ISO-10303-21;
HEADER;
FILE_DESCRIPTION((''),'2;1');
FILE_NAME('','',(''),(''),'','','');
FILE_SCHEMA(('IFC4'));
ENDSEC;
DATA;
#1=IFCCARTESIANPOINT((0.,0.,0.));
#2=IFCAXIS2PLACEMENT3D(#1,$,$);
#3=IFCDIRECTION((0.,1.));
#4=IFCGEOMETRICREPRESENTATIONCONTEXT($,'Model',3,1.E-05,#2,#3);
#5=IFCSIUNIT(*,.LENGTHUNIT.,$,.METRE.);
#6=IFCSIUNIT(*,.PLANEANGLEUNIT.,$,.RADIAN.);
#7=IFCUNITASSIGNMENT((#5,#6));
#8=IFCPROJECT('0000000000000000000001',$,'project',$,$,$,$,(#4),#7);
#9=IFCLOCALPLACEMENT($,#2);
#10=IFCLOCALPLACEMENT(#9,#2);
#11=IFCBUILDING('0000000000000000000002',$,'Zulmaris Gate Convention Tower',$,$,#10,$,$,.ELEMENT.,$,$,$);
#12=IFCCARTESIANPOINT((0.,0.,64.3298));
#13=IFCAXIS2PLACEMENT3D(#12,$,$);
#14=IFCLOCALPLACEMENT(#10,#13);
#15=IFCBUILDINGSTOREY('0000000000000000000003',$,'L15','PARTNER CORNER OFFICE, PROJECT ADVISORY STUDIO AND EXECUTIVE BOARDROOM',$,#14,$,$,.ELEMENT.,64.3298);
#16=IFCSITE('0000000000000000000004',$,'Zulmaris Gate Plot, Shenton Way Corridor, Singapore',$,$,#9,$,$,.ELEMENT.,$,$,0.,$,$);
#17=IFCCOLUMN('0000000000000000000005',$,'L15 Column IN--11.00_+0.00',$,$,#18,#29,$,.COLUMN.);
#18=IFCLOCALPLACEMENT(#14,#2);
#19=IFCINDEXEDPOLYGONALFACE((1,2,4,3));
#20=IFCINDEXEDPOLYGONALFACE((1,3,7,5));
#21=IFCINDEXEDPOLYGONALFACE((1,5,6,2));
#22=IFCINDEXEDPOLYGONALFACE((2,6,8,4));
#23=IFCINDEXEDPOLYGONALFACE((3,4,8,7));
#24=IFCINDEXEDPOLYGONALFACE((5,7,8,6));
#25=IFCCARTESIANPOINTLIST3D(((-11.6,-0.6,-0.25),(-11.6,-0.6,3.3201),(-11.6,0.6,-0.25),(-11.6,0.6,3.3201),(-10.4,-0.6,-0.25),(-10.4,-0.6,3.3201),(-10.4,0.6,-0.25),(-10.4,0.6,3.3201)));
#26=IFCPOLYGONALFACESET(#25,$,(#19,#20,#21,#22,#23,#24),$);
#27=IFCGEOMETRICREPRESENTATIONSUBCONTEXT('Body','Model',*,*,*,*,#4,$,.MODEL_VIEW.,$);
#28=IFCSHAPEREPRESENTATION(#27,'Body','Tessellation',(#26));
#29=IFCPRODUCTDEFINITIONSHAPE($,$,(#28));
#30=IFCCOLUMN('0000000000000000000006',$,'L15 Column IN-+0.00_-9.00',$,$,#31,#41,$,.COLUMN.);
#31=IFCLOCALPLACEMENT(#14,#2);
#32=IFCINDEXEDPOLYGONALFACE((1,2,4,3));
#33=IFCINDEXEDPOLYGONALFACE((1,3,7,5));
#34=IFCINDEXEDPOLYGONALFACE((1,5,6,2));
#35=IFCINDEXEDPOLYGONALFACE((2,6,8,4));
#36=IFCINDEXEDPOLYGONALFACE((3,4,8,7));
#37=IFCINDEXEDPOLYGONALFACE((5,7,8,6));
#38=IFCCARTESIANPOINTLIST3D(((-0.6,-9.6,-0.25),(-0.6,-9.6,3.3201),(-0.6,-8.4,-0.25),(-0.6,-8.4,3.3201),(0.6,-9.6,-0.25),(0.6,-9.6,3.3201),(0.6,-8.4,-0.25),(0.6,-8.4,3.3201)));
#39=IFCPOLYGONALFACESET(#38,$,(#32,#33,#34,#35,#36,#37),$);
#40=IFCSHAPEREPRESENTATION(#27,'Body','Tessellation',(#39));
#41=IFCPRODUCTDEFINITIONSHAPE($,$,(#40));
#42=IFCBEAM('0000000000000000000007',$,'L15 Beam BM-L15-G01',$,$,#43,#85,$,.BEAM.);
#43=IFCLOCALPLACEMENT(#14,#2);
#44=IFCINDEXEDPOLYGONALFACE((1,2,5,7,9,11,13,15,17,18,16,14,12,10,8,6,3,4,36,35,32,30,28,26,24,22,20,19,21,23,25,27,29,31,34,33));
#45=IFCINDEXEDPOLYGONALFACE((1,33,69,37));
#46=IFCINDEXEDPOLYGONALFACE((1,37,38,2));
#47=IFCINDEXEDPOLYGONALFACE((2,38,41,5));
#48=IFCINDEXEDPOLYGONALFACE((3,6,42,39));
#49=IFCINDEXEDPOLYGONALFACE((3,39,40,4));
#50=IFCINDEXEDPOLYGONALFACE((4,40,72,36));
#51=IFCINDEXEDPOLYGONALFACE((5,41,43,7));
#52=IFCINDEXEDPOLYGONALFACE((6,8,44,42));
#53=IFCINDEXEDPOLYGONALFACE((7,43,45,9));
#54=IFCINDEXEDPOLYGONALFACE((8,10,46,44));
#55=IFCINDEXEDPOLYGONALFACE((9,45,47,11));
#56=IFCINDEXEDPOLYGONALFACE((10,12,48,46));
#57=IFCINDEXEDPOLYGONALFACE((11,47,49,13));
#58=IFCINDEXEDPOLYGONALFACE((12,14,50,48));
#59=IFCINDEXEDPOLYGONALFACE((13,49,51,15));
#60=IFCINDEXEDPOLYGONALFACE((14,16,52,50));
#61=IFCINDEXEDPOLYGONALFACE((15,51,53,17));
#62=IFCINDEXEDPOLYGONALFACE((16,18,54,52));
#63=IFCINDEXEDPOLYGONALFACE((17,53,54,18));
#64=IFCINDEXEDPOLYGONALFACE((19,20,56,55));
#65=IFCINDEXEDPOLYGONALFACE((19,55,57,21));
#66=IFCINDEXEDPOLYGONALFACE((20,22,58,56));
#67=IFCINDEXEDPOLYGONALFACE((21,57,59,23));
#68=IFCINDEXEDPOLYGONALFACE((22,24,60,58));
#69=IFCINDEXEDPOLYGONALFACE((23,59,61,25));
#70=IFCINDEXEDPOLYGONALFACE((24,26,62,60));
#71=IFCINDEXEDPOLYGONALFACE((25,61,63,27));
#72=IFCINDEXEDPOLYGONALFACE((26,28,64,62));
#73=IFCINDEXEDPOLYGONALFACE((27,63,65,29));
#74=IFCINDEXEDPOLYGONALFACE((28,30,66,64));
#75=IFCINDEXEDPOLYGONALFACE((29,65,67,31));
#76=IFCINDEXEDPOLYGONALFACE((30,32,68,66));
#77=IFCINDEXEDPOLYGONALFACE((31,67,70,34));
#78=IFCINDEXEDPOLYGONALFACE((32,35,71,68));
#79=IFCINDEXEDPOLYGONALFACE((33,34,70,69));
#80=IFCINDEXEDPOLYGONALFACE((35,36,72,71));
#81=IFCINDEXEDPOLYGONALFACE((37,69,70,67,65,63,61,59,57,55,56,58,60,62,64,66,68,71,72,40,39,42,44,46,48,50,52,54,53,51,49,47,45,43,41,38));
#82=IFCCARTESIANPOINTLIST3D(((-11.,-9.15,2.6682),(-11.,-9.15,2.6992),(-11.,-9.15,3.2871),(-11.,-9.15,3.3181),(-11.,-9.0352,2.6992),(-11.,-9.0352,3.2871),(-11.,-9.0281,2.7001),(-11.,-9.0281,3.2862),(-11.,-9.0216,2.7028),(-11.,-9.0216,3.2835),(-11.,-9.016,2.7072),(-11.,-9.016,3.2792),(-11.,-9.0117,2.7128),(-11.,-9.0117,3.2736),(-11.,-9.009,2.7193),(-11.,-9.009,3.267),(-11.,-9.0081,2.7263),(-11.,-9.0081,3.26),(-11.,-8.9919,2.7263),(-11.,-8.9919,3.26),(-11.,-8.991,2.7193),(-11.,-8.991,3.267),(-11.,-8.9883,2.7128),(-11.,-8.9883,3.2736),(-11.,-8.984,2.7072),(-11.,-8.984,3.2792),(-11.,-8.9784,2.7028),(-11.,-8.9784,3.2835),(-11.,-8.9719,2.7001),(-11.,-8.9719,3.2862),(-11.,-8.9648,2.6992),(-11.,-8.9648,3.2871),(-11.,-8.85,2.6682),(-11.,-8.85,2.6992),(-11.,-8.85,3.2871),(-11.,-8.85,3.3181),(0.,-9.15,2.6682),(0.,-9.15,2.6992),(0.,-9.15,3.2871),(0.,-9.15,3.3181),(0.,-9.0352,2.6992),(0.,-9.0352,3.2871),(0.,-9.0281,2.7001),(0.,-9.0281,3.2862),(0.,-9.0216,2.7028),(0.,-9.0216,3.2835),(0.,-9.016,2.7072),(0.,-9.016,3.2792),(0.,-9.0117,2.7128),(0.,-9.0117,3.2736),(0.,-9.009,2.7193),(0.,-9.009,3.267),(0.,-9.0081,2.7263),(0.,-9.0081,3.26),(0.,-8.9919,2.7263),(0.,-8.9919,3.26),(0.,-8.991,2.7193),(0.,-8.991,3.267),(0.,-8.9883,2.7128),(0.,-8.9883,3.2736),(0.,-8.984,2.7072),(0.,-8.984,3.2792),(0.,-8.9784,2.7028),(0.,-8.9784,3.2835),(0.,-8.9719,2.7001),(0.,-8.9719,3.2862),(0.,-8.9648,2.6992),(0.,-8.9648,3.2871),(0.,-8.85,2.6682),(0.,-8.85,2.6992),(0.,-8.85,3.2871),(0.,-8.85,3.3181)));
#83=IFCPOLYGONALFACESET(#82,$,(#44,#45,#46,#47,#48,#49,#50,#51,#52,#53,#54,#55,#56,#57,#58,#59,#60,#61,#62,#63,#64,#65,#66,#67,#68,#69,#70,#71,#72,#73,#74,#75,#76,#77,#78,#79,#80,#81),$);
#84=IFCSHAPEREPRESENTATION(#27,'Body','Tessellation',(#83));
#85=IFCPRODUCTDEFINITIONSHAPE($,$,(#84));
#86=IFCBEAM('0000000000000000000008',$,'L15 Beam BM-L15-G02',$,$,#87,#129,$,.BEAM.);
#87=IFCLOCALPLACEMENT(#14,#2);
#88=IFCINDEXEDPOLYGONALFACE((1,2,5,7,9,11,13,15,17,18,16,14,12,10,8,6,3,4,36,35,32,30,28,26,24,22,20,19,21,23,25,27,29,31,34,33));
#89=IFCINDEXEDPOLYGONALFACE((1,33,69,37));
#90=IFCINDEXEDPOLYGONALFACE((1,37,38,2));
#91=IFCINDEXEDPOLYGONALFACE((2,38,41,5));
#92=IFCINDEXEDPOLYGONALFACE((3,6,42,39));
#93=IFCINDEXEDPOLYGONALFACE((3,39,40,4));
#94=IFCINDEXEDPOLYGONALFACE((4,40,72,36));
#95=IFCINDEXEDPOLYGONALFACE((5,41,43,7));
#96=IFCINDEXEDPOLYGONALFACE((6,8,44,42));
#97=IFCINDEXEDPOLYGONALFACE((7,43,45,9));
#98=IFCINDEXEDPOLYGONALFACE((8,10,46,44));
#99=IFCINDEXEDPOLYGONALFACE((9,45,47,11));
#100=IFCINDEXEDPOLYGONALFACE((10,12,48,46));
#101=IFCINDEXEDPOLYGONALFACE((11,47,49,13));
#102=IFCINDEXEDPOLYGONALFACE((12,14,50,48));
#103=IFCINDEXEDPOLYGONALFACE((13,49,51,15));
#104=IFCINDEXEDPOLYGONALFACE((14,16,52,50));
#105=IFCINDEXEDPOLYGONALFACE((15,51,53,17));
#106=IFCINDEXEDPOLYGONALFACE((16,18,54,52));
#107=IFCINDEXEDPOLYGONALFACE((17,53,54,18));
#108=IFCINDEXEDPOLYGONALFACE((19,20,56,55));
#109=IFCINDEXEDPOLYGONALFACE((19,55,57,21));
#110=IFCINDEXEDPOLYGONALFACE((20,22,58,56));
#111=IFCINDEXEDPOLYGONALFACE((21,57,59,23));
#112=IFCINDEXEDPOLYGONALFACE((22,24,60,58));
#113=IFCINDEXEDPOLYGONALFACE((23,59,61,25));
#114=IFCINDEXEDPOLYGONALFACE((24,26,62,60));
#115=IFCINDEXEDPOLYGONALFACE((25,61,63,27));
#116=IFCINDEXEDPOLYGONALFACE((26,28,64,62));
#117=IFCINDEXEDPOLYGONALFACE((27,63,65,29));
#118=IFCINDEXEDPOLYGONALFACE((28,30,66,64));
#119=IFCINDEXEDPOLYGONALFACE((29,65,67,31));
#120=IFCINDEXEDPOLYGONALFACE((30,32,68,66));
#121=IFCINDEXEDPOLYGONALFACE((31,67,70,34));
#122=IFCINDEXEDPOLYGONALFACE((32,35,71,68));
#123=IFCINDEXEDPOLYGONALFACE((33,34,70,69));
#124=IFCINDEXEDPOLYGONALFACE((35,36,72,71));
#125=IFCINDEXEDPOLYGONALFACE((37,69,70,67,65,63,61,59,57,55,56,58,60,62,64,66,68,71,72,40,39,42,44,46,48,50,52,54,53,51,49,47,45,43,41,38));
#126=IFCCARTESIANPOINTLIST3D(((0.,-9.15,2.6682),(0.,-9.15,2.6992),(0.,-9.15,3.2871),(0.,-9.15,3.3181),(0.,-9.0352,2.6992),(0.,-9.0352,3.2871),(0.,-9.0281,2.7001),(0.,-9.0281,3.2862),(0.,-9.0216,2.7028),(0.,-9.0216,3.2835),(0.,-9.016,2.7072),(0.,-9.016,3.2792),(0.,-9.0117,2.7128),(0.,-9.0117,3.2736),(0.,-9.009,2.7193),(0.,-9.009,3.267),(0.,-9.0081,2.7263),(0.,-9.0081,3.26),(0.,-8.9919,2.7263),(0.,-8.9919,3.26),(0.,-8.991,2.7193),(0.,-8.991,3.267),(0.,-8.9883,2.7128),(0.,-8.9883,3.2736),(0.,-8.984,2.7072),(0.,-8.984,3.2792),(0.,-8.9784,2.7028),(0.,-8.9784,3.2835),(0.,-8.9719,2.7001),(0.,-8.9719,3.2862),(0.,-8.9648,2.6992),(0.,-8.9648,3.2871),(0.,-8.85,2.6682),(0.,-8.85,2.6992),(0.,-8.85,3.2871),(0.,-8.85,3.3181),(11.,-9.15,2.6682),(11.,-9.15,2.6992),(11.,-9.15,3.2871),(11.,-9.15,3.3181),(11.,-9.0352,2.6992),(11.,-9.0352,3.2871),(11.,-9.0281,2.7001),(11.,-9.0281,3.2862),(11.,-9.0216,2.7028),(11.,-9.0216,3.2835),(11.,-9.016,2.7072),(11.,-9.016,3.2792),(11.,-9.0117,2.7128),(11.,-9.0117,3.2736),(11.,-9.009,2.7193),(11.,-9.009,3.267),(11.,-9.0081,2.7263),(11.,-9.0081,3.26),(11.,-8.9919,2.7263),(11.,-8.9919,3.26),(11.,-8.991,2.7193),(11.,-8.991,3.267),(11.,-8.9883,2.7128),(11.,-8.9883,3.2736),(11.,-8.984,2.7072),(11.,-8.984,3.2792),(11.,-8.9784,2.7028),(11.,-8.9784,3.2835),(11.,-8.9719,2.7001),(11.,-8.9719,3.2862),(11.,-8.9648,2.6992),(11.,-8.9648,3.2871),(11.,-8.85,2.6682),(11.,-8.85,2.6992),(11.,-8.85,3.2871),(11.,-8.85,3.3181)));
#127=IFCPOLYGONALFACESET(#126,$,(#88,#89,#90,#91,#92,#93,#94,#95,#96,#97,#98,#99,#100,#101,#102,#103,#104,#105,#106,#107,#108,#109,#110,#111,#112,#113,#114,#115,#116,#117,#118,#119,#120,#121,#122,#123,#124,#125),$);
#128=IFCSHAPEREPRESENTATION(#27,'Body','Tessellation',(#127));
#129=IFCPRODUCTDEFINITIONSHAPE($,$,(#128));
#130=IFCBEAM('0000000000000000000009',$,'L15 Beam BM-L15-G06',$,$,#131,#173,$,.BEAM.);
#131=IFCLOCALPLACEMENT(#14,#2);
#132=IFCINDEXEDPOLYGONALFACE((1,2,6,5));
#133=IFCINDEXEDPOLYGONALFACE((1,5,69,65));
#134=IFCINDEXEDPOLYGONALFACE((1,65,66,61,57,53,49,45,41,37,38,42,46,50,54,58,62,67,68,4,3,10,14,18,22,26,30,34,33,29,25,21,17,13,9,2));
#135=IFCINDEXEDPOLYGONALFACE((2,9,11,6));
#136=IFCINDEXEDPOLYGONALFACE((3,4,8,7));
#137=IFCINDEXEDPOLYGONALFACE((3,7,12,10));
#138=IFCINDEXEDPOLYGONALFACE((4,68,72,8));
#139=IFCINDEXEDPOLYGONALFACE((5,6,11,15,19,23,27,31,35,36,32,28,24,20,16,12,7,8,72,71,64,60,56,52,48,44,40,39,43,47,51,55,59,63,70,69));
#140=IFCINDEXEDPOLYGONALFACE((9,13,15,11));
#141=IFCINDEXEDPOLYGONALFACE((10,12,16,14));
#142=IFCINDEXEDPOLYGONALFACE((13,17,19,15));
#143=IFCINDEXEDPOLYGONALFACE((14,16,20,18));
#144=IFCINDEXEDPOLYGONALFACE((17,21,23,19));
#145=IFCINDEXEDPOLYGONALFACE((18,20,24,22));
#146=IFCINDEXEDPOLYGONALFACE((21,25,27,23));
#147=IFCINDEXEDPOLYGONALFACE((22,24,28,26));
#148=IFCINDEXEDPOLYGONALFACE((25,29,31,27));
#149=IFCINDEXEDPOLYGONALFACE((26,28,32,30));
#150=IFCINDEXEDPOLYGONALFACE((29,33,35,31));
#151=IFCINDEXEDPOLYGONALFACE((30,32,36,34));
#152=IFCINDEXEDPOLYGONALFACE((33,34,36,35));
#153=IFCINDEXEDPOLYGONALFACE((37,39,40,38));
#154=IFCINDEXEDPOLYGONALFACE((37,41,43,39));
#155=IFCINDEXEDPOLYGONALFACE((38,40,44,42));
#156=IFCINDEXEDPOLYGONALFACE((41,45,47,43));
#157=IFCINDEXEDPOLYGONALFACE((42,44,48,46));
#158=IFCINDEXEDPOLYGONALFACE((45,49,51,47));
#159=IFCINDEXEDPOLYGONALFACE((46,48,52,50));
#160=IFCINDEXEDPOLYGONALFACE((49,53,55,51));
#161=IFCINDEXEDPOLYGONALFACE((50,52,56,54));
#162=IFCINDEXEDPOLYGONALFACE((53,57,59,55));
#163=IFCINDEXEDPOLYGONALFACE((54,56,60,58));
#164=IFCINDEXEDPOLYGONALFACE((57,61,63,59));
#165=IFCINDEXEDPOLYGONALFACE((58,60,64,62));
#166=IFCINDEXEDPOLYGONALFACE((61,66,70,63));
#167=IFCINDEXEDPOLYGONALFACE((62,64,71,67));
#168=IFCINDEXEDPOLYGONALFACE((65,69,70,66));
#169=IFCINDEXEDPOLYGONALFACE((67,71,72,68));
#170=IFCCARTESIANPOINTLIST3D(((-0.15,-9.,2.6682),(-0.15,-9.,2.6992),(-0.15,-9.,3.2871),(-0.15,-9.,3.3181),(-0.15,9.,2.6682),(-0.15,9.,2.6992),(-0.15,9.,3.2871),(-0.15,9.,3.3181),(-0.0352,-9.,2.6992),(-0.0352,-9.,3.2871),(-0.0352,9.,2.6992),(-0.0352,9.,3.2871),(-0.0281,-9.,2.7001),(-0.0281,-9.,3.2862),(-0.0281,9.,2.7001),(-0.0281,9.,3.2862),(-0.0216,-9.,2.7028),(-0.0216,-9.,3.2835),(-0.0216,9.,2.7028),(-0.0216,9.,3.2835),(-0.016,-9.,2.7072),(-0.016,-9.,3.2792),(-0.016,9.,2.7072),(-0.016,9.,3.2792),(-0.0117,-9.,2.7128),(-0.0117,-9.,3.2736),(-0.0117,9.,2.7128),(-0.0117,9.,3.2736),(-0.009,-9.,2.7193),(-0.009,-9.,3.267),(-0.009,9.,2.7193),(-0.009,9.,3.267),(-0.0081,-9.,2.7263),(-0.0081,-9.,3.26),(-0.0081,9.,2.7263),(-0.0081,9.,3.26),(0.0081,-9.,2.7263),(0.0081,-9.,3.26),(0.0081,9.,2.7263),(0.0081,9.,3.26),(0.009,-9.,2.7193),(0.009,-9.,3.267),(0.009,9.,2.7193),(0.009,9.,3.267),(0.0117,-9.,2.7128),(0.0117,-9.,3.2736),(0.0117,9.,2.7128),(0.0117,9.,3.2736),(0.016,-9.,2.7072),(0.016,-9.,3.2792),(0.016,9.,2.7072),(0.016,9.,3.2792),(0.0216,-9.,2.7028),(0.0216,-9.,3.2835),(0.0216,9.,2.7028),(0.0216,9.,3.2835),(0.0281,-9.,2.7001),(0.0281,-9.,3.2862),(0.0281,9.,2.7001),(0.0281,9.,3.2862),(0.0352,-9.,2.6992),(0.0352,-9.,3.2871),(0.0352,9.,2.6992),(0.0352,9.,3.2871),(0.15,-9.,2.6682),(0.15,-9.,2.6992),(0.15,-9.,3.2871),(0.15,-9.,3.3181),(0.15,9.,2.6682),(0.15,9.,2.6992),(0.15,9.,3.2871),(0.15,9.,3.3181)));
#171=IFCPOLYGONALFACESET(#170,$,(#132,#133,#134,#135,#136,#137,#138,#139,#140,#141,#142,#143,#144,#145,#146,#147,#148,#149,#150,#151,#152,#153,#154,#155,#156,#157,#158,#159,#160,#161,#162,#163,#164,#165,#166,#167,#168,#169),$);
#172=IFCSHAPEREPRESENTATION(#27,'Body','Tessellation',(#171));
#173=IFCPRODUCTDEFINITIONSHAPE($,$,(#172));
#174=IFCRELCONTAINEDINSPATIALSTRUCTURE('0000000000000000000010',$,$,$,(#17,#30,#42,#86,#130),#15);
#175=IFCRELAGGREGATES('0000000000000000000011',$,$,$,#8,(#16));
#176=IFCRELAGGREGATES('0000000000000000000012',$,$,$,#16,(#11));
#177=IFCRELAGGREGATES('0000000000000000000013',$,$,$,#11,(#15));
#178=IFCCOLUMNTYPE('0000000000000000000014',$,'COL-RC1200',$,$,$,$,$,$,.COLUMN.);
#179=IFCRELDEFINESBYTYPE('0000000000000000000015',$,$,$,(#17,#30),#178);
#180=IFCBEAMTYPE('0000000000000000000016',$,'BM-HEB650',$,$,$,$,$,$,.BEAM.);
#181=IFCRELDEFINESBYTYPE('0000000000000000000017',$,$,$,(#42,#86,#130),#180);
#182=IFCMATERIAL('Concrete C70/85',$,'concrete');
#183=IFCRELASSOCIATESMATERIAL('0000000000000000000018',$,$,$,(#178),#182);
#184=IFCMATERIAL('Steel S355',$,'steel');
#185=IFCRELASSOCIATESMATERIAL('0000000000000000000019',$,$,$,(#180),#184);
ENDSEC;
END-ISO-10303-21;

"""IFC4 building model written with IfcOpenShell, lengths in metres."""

from ifc_helpers import new_model, si_unit, direction, frame, origin, origin_2d, place, context, subcontext, project, spatial, rectangle, i_section, extrude, material, material_profile, profile_set, type_object, element, save


model = new_model("IFC4")

# Units and contexts
model_context = context("Model", 3, precision=1e-05, world=origin(), true_north=direction((0.0, 1.0)))
body_context = subcontext(model_context, "Body", "Model", "MODEL_VIEW")
ifc_project = project(units=[si_unit("LENGTHUNIT", "METRE"), si_unit("PLANEANGLEUNIT", "RADIAN")], contexts=[model_context])

# Site, building, storey
site_placement = place(None, origin())
site = spatial("IfcSite", under=ifc_project, at=site_placement, Name="Zulmaris Gate Plot, Shenton Way Corridor, Singapore", CompositionType="ELEMENT", RefElevation=0.0)
building_placement = place(site_placement, origin())
building = spatial("IfcBuilding", under=site, at=building_placement, Name="Zulmaris Gate Convention Tower", CompositionType="ELEMENT")
storey_placement = place(building_placement, frame((0.0, 0.0, 64.3298)))
storey = spatial("IfcBuildingStorey", under=building, at=storey_placement, Name="L15", Description="PARTNER CORNER OFFICE, PROJECT ADVISORY STUDIO AND EXECUTIVE BOARDROOM", CompositionType="ELEMENT", Elevation=64.3298)

# Columns
ifc_material_1 = material(Name="Concrete C70/85", Category="concrete")
ifc_material_profile_1 = material_profile(ifc_material_1, rectangle(XDim=1.2, YDim=1.2, at=origin_2d()), Name="RC COL 1200x1200")
ifc_profile_set_1 = profile_set([ifc_material_profile_1], Name="Concrete C70/85")
column_type = type_object("IfcColumnType", Name="COL-RC1200", PredefinedType="COLUMN", material=ifc_profile_set_1)
for number, where, z_axis, x_axis, name in (
    (1, (-11.0, 0.0, -0.25), (0.0, 0.0, 1.0), (1.0, 0.0, 0.0), "L15 Column IN--11.00_+0.00"),
    (2, (0.0, -9.0, -0.25), (0.0, 0.0, 1.0), (1.0, 0.0, 0.0), "L15 Column IN-+0.00_-9.00"),
):
    element("IfcColumn", number, at=place(storey_placement, frame(where, z_axis=z_axis, x_axis=x_axis)), inside=storey, type_object=column_type, Name=name, PredefinedType="COLUMN", context=body_context, shape_type="SweptSolid", body=[
        extrude(rectangle(XDim=1.2, YDim=1.2, at=origin_2d()), origin(), (0.0, 0.0, 1.0), 3.5701),
    ])

# Beams
ifc_material_2 = material(Name="Steel S355", Category="steel")
ifc_material_profile_2 = material_profile(ifc_material_2, i_section(OverallWidth=0.3, OverallDepth=0.6499, WebThickness=0.0161, FlangeThickness=0.031, FilletRadius=0.0271, at=origin_2d()), Name="HEB 650")
ifc_profile_set_2 = profile_set([ifc_material_profile_2], Name="Steel S355")
beam_type = type_object("IfcBeamType", Name="BM-HEB650", PredefinedType="BEAM", material=ifc_profile_set_2)
for number, where, z_axis, x_axis, name in (
    (3, (-11.0, -9.0, 2.9932), (1.0, 0.0, 0.0), (0.0, 1.0, 0.0), "L15 Beam BM-L15-G01"),
    (4, (0.0, -9.0, 2.9932), (1.0, 0.0, 0.0), (0.0, 1.0, 0.0), "L15 Beam BM-L15-G02"),
):
    element("IfcBeam", number, at=place(storey_placement, frame(where, z_axis=z_axis, x_axis=x_axis)), inside=storey, type_object=beam_type, Name=name, PredefinedType="BEAM", context=body_context, shape_type="SweptSolid", body=[
        extrude(i_section(OverallWidth=0.3, OverallDepth=0.6499, WebThickness=0.0161, FlangeThickness=0.031, FilletRadius=0.0271, at=origin_2d()), origin(), (0.0, 0.0, 1.0), 11.0),
    ])
beam_placement = place(storey_placement, frame((0.0, -9.0, 2.9932), z_axis=(0.0, 1.0, 0.0), x_axis=(-1.0, 0.0, 0.0)))
element("IfcBeam", 5, at=beam_placement, inside=storey, type_object=beam_type, Name="L15 Beam BM-L15-G06", PredefinedType="BEAM", context=body_context, shape_type="SweptSolid", body=[
    extrude(i_section(OverallWidth=0.3, OverallDepth=0.6499, WebThickness=0.0161, FlangeThickness=0.031, FilletRadius=0.0271, at=origin_2d()), origin(), (0.0, 0.0, 1.0), 18.0),
])

save(model, "model.ifc")
